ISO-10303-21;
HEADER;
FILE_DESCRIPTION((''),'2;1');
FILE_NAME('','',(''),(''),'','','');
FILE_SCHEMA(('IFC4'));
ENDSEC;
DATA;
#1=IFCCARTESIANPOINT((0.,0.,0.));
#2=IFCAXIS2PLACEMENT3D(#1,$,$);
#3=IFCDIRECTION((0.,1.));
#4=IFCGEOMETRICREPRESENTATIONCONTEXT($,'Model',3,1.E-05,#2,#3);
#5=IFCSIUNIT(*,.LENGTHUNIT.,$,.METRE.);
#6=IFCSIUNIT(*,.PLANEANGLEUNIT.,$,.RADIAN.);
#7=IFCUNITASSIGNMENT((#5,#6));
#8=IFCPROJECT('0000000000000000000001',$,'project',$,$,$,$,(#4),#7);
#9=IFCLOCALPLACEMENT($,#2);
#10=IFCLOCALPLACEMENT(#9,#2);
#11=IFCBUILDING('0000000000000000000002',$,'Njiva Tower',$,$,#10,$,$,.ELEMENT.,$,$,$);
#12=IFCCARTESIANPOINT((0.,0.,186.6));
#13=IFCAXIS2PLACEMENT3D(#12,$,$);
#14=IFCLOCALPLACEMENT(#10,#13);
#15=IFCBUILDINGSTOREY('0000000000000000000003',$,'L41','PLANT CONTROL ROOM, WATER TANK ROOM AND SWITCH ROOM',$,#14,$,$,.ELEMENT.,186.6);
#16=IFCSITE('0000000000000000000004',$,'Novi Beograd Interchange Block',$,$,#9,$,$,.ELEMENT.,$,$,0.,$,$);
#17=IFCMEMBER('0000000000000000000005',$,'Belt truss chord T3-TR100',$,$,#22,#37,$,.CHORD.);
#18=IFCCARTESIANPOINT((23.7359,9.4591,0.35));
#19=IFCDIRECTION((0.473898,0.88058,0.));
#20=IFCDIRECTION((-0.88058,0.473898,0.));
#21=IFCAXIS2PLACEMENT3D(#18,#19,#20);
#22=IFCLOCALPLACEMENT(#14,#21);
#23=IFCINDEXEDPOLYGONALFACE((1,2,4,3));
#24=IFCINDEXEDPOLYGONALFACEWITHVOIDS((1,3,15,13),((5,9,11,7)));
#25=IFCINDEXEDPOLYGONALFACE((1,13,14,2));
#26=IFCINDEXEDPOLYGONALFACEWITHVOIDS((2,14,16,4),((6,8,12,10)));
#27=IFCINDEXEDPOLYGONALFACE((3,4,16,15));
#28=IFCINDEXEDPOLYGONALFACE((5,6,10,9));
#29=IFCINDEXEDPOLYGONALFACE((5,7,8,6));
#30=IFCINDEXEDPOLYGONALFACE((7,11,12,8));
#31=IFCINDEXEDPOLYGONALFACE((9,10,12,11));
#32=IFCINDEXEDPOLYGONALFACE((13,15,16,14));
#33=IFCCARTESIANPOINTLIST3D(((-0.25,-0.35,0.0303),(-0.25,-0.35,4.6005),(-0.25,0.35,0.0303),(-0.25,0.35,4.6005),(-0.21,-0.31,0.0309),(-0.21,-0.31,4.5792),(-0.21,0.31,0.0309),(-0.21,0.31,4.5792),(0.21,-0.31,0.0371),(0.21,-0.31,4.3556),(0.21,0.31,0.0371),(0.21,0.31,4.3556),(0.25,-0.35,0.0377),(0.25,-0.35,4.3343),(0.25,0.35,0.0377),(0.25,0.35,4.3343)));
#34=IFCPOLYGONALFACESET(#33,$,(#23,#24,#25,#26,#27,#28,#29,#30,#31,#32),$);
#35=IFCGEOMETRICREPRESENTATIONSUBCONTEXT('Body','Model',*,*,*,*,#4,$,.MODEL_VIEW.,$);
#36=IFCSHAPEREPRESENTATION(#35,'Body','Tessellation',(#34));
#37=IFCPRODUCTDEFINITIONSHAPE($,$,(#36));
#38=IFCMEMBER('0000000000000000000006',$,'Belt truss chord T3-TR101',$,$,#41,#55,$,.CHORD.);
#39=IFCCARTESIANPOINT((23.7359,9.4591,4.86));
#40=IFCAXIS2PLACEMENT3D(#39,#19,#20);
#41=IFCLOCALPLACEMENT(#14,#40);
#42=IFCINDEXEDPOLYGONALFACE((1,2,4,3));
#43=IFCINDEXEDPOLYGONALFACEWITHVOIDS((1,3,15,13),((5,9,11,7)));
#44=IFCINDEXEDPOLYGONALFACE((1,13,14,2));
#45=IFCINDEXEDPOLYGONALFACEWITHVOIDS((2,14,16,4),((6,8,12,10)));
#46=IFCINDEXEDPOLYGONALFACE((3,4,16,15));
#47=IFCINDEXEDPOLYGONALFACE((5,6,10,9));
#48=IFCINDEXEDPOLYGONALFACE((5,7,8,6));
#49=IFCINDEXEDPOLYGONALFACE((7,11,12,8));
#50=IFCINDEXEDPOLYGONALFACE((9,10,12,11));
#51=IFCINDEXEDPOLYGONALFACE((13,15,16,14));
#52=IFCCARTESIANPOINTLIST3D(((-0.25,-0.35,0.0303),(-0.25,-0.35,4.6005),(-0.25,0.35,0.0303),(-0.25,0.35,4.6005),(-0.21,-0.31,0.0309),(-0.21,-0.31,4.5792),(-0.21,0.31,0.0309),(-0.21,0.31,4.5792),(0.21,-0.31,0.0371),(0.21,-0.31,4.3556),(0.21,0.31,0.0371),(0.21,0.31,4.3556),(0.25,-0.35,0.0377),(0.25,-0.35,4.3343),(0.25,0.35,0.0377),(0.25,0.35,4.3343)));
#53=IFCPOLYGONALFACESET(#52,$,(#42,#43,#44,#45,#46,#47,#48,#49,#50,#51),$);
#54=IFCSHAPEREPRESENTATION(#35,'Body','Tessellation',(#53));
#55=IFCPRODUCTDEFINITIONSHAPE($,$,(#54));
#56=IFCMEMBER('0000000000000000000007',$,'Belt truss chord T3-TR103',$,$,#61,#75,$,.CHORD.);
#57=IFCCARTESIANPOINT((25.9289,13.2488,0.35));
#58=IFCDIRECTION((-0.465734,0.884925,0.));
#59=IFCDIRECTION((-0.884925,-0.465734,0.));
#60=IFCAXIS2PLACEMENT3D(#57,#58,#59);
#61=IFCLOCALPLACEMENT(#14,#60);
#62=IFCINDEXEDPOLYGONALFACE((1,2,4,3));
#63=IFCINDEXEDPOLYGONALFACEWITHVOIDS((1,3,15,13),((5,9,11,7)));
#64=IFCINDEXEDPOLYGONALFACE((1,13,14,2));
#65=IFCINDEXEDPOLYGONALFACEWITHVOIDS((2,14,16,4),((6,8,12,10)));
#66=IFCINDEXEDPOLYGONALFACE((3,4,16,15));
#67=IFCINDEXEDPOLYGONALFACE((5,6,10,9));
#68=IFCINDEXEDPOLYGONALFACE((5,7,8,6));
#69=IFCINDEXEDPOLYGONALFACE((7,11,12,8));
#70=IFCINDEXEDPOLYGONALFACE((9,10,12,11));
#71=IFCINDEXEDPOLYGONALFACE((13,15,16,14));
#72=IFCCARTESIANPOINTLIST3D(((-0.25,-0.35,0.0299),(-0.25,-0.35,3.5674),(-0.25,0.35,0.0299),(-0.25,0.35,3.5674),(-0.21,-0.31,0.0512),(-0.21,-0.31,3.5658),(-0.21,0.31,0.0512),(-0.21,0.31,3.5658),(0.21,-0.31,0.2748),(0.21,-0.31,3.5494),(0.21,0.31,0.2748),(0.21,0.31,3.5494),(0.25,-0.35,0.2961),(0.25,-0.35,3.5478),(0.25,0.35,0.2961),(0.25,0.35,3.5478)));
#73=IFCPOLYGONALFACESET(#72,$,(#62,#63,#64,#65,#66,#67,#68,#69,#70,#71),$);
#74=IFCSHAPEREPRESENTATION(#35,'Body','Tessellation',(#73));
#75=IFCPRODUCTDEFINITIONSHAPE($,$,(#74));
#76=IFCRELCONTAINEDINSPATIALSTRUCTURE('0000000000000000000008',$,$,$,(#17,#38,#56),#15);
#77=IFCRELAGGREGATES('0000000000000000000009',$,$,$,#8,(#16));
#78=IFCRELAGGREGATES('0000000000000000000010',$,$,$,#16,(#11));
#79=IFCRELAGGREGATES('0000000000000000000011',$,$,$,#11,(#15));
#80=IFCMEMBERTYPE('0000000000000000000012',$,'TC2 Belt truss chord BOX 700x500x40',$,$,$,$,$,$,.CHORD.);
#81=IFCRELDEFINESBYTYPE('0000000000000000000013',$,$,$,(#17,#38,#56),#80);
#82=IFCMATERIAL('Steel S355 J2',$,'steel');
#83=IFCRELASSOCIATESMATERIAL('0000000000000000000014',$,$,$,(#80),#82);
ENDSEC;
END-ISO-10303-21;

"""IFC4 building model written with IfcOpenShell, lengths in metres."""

from ifc_helpers import new_model, si_unit, direction, frame, origin, origin_2d, place, context, subcontext, project, spatial, hollow_rectangle, extrude, clip, halfspace, material, material_profile, profile_set, type_object, element, save


model = new_model("IFC4")

# Units and contexts
model_context = context("Model", 3, precision=1e-05, world=origin(), true_north=direction((0.0, 1.0)))
body_context = subcontext(model_context, "Body", "Model", "MODEL_VIEW")
ifc_project = project(units=[si_unit("LENGTHUNIT", "METRE"), si_unit("PLANEANGLEUNIT", "RADIAN")], contexts=[model_context])

# Site, building, storey
site_placement = place(None, origin())
site = spatial("IfcSite", under=ifc_project, at=site_placement, Name="Novi Beograd Interchange Block", CompositionType="ELEMENT", RefElevation=0.0)
building_placement = place(site_placement, origin())
building = spatial("IfcBuilding", under=site, at=building_placement, Name="Njiva Tower", CompositionType="ELEMENT")
storey_placement = place(building_placement, frame((0.0, 0.0, 186.6)))
storey = spatial("IfcBuildingStorey", under=building, at=storey_placement, Name="L41", Description="PLANT CONTROL ROOM, WATER TANK ROOM AND SWITCH ROOM", CompositionType="ELEMENT", Elevation=186.6)

# Shared definitions
ifc_material_1 = material(Name="Steel S355 J2", Category="steel")

# Members
ifc_material_profile_1 = material_profile(ifc_material_1, hollow_rectangle(XDim=0.5, YDim=0.7, WallThickness=0.04, at=origin_2d()), Name="BOX 700x500x40")
ifc_profile_set_1 = profile_set([ifc_material_profile_1], Name="Steel S355 J2")
member_type_1 = type_object("IfcMemberType", Name="TC2 Belt truss chord BOX 700x500x40", PredefinedType="CHORD", material=ifc_profile_set_1)
member_1_placement = place(storey_placement, frame((23.7359, 9.4591, 0.35), z_axis=(0.473898, 0.88058, 0.0), x_axis=(-0.88058, 0.473898, 0.0)))
element("IfcMember", 1, at=member_1_placement, inside=storey, type_object=member_type_1, Name="Belt truss chord T3-TR100", PredefinedType="CHORD", context=body_context, shape_type="Clipping", body=[
    clip(clip(extrude(hollow_rectangle(XDim=0.5, YDim=0.7, WallThickness=0.04, at=origin_2d()), origin(), (0.0, 0.0, 1.0), 4.6304), halfspace(frame((0.0, -186.95, 0.034), z_axis=(0.014904, 0.0, -0.999889), x_axis=(0.0, -1.0, 0.0)), False)), halfspace(frame((0.0, -186.95, 4.4674), z_axis=(0.469825, 0.0, 0.88276), x_axis=(0.0, 1.0, 0.0)), False)),
])
member_2_placement = place(storey_placement, frame((23.7359, 9.4591, 4.86), z_axis=(0.473898, 0.88058, 0.0), x_axis=(-0.88058, 0.473898, 0.0)))
element("IfcMember", 2, at=member_2_placement, inside=storey, type_object=member_type_1, Name="Belt truss chord T3-TR101", PredefinedType="CHORD", context=body_context, shape_type="Clipping", body=[
    clip(clip(extrude(hollow_rectangle(XDim=0.5, YDim=0.7, WallThickness=0.04, at=origin_2d()), origin(), (0.0, 0.0, 1.0), 4.6304), halfspace(frame((0.0, -191.46, 0.034), z_axis=(0.014904, 0.0, -0.999889), x_axis=(0.0, -1.0, 0.0)), False)), halfspace(frame((0.0, -191.46, 4.4674), z_axis=(0.469825, 0.0, 0.88276), x_axis=(0.0, 1.0, 0.0)), False)),
])
member_3_placement = place(storey_placement, frame((25.9289, 13.2488, 0.35), z_axis=(-0.465734, 0.884925, 0.0), x_axis=(-0.884925, -0.465734, 0.0)))
element("IfcMember", 3, at=member_3_placement, inside=storey, type_object=member_type_1, Name="Belt truss chord T3-TR103", PredefinedType="CHORD", context=body_context, shape_type="Clipping", body=[
    clip(clip(extrude(hollow_rectangle(XDim=0.5, YDim=0.7, WallThickness=0.04, at=origin_2d()), origin(), (0.0, 0.0, 1.0), 3.5976), halfspace(frame((0.0, -186.95, 0.163), z_axis=(0.469818, 0.0, -0.882763), x_axis=(0.0, -1.0, 0.0)), False)), halfspace(frame((0.0, -186.95, 3.5576), z_axis=(0.039216, 0.0, 0.999231), x_axis=(0.0, 1.0, 0.0)), False)),
])

save(model, "model.ifc")
